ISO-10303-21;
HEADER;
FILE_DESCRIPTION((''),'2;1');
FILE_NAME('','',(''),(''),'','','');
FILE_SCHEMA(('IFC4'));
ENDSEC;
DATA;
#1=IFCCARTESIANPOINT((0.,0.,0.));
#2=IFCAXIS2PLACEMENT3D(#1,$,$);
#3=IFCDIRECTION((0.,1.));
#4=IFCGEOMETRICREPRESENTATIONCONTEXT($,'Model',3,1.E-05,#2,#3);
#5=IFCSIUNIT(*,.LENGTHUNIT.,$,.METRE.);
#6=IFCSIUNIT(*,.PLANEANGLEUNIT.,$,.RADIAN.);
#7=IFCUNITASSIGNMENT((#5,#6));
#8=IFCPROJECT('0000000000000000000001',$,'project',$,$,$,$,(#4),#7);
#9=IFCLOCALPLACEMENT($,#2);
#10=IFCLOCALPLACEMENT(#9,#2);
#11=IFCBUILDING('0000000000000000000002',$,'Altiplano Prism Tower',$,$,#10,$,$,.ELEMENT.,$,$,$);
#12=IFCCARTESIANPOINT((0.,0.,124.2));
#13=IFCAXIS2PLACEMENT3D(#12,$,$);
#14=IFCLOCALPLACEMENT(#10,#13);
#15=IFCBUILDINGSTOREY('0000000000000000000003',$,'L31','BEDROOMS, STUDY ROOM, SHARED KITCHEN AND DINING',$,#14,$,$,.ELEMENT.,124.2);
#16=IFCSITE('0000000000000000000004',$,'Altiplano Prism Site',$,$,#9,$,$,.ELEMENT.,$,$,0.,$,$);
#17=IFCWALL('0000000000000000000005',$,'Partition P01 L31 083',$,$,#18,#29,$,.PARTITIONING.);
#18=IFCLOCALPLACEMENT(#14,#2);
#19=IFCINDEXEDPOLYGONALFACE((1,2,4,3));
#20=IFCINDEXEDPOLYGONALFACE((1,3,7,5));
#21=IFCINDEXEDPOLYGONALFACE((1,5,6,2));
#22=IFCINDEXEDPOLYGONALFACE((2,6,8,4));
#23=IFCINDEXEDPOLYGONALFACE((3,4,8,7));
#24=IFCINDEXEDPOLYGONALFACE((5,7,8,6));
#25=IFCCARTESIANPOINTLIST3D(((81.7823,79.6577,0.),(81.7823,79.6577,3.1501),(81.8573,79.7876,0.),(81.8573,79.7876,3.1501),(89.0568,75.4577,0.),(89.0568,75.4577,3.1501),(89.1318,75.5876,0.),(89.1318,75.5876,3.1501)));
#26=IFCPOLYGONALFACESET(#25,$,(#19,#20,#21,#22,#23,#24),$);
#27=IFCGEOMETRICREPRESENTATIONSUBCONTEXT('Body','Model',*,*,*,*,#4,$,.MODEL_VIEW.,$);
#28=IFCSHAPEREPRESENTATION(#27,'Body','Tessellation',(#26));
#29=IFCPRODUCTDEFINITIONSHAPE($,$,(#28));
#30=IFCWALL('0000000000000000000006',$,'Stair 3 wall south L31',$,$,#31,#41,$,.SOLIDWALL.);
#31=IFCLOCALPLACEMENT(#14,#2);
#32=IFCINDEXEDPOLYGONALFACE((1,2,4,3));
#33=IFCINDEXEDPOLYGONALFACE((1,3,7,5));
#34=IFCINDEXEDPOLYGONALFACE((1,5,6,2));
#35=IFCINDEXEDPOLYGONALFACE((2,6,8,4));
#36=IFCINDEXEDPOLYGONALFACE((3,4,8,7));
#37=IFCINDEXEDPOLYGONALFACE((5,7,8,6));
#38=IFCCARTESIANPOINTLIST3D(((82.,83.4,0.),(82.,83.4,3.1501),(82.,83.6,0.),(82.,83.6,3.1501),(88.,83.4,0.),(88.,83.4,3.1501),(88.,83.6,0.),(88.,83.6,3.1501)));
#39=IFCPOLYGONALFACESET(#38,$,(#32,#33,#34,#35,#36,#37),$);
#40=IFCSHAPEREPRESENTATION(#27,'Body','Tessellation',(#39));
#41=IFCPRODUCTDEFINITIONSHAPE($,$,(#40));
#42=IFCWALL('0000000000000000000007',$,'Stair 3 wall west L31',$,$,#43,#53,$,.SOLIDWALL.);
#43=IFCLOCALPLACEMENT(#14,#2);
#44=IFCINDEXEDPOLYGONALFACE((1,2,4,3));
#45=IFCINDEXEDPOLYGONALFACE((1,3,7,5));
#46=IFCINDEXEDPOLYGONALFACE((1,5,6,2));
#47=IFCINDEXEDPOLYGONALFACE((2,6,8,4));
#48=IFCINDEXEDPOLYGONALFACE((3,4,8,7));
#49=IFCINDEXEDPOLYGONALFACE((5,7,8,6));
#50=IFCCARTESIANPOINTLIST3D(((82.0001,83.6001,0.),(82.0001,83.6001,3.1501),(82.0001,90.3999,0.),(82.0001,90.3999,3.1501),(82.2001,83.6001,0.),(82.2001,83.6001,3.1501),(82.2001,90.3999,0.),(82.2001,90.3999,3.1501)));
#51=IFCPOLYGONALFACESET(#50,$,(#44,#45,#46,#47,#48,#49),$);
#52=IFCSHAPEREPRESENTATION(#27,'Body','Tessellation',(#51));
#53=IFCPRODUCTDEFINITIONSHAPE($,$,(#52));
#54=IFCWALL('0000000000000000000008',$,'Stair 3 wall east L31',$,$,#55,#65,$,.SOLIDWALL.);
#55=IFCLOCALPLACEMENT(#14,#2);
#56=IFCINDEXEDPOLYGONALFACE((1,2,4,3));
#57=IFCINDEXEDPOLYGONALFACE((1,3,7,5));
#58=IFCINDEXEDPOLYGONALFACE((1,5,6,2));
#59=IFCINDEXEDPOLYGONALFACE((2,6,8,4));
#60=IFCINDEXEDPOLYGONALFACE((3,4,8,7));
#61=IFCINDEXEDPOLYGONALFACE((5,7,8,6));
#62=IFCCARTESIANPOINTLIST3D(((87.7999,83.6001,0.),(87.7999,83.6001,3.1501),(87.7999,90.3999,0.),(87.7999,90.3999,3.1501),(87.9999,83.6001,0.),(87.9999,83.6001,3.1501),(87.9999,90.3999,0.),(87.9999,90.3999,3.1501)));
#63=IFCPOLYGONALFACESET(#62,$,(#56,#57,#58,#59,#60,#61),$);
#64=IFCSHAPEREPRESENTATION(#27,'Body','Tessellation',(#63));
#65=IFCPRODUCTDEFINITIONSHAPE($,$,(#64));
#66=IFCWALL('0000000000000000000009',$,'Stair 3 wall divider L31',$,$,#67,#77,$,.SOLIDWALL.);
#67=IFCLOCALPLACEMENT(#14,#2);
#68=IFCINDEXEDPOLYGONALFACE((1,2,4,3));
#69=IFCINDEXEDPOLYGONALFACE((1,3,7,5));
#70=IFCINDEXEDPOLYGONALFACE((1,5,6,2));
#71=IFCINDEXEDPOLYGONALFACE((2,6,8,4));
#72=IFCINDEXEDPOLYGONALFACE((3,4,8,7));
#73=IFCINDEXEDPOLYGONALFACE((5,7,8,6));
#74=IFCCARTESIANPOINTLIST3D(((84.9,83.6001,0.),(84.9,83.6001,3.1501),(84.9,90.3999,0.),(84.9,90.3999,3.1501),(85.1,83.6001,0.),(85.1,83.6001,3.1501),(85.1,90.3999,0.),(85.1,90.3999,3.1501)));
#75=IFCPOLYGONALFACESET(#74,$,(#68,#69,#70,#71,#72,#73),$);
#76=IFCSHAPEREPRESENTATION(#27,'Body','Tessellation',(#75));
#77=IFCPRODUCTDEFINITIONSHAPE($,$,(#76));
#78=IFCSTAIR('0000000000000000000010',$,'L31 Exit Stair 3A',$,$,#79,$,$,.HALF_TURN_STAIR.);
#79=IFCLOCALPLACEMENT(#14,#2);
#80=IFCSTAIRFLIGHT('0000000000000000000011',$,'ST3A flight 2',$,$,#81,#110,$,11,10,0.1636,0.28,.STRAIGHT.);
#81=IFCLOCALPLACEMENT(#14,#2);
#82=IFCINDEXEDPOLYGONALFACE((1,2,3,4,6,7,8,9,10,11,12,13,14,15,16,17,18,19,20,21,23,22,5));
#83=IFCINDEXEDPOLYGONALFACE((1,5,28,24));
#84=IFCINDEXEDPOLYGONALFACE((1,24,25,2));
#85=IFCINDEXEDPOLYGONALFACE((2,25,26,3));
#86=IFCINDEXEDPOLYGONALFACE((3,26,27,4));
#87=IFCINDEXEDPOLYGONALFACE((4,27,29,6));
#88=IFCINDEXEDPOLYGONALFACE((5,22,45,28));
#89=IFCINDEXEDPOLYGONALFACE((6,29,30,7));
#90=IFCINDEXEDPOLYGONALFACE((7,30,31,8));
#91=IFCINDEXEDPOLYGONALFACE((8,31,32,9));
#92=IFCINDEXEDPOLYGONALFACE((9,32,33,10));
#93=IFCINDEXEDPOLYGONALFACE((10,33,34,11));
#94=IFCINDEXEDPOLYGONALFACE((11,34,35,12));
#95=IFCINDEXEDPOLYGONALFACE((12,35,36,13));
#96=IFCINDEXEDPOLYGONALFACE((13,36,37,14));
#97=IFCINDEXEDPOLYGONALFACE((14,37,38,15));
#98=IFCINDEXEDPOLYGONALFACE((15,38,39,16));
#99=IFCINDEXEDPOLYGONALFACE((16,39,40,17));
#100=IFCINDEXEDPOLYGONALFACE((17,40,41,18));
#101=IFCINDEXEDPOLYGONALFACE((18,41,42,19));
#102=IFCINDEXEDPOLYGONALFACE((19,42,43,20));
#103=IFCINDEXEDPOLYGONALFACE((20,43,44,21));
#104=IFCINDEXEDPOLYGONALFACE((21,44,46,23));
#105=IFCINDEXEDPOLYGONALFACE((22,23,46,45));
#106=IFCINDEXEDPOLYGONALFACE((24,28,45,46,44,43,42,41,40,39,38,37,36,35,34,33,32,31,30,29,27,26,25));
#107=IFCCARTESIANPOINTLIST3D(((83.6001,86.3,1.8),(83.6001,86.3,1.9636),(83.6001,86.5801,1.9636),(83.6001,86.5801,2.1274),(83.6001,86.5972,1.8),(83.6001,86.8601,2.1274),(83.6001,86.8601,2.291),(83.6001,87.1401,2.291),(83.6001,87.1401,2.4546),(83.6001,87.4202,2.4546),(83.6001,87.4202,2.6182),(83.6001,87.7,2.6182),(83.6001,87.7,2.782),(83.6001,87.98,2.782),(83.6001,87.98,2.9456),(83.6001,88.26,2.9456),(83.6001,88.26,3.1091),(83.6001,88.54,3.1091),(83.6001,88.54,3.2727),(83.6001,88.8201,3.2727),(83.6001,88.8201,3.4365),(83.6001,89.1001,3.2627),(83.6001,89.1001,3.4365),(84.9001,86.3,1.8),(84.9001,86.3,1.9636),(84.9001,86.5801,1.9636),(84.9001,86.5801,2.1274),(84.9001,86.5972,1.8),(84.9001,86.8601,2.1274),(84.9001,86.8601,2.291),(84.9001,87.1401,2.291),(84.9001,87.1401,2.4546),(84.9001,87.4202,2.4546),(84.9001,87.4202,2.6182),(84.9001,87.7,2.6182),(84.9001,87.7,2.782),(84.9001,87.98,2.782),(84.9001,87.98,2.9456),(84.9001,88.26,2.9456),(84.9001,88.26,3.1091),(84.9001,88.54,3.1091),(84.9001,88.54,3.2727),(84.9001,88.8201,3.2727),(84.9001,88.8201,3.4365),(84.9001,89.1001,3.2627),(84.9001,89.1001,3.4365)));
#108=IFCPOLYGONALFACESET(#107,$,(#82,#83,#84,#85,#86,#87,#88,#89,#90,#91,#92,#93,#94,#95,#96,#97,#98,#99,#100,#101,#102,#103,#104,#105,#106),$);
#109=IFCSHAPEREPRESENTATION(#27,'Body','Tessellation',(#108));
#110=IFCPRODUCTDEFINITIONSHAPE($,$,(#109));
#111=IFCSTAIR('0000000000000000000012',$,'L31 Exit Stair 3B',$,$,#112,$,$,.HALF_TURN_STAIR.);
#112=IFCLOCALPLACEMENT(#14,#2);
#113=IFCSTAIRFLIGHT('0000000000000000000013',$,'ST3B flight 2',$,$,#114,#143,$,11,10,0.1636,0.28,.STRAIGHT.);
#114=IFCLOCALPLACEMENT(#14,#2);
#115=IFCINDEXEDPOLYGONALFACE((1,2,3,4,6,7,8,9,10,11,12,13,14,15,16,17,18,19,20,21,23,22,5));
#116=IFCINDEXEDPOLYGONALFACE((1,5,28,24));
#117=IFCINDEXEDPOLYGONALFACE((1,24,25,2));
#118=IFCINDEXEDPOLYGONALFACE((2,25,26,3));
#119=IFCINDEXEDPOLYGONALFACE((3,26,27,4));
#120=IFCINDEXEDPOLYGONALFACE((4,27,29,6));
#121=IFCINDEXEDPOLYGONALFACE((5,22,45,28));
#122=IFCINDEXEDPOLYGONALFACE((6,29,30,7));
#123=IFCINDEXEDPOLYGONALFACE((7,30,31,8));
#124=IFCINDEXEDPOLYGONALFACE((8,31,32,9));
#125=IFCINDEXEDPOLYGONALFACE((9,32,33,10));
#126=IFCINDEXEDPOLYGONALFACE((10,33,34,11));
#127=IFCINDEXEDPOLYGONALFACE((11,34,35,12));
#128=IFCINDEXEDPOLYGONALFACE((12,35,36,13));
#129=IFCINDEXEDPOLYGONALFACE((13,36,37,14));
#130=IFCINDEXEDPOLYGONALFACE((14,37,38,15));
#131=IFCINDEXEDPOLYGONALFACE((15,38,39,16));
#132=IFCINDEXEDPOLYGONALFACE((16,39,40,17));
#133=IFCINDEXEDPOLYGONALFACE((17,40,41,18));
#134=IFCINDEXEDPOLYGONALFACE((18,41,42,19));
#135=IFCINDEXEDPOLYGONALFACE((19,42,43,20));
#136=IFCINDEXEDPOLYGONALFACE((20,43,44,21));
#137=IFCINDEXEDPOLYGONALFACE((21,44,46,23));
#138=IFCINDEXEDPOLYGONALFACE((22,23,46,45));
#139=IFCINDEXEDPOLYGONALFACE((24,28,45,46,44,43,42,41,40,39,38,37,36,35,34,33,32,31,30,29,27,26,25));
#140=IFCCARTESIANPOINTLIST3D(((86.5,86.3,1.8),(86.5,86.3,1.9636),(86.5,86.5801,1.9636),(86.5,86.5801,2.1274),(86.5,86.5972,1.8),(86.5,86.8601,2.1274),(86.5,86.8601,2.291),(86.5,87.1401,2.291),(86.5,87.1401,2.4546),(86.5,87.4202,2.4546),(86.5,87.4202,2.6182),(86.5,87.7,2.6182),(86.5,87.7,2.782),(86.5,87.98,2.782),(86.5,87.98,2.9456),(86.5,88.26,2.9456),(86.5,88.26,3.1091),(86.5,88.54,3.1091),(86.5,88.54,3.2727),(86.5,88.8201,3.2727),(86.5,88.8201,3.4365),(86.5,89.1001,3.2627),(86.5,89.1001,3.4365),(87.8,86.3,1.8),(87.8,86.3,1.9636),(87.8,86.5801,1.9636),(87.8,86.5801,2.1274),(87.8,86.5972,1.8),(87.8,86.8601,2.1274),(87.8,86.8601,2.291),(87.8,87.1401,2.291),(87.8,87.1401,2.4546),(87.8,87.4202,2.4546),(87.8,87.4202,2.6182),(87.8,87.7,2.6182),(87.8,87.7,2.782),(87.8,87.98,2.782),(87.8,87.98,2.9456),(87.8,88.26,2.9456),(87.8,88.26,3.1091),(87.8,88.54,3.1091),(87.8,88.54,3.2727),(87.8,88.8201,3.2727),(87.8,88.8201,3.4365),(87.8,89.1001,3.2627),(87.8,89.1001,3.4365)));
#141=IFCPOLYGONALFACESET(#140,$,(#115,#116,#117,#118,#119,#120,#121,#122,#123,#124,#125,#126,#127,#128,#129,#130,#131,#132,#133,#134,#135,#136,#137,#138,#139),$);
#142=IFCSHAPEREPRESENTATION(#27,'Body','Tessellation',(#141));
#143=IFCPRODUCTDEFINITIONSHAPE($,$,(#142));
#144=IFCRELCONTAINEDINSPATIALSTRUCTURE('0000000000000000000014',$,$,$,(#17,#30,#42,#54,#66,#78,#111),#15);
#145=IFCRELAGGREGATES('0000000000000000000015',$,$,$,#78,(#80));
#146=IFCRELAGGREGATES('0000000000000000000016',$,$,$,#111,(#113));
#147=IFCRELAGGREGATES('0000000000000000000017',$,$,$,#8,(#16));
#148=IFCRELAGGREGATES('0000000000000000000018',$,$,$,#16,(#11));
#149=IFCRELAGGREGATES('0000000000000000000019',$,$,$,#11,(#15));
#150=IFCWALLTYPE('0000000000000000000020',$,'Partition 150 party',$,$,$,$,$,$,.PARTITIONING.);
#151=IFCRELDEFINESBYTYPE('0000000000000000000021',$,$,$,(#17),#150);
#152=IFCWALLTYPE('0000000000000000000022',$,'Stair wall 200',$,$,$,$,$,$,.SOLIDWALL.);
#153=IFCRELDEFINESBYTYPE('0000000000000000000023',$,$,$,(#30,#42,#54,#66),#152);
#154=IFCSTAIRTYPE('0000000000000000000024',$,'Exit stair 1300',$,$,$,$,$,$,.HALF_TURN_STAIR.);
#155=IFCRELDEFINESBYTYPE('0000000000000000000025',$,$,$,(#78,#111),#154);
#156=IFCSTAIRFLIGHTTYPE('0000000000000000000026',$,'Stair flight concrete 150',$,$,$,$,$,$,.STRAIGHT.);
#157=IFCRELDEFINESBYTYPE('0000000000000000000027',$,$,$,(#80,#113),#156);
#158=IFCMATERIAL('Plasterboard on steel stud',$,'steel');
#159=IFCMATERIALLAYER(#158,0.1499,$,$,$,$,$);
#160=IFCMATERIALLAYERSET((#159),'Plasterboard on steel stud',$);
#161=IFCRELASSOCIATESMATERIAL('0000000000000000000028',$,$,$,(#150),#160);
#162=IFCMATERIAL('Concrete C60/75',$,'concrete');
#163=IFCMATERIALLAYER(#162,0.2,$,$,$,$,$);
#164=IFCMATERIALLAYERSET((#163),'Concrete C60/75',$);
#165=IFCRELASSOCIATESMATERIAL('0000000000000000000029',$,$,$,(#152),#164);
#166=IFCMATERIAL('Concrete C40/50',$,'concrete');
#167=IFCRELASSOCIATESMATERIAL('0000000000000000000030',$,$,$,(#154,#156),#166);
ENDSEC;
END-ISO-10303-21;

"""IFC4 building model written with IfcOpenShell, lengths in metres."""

from ifc_helpers import new_model, si_unit, direction, frame, frame_2d, origin, place, context, subcontext, project, spatial, polyline, rectangle, outline, extrude, material, layer, layer_set, type_object, element, aggregate, save


model = new_model("IFC4")

# Units and contexts
model_context = context("Model", 3, precision=1e-05, world=origin(), true_north=direction((0.0, 1.0)))
body_context = subcontext(model_context, "Body", "Model", "MODEL_VIEW")
ifc_project = project(units=[si_unit("LENGTHUNIT", "METRE"), si_unit("PLANEANGLEUNIT", "RADIAN")], contexts=[model_context])

# Site, building, storey
site_placement = place(None, origin())
site = spatial("IfcSite", under=ifc_project, at=site_placement, Name="Altiplano Prism Site", CompositionType="ELEMENT", RefElevation=0.0)
building_placement = place(site_placement, origin())
building = spatial("IfcBuilding", under=site, at=building_placement, Name="Altiplano Prism Tower", CompositionType="ELEMENT")
storey_placement = place(building_placement, frame((0.0, 0.0, 124.2)))
storey = spatial("IfcBuildingStorey", under=building, at=storey_placement, Name="L31", Description="BEDROOMS, STUDY ROOM, SHARED KITCHEN AND DINING", CompositionType="ELEMENT", Elevation=124.2)

# Shared definitions
ifc_material_1 = material(Name="Concrete C60/75", Category="concrete")

# Shared definitions
ifc_material_2 = material(Name="Plasterboard on steel stud", Category="steel")

# Walls
ifc_layer_1 = layer(ifc_material_2, 0.1499)
ifc_layer_set_1 = layer_set([ifc_layer_1], Name="Plasterboard on steel stud")
wall_type_1 = type_object("IfcWallType", Name="Partition 150 party", PredefinedType="PARTITIONING", material=ifc_layer_set_1)
wall_1_placement = place(storey_placement, frame((81.8198, 79.7227, 0.0), z_axis=(0.0, 0.0, 1.0), x_axis=(0.866022, -0.500006, 0.0)))
element("IfcWall", 1, at=wall_1_placement, inside=storey, type_object=wall_type_1, Name="Partition P01 L31 083", PredefinedType="PARTITIONING", context=body_context, shape_type="SweptSolid", body=[
    extrude(rectangle(XDim=8.3999, YDim=0.1499, at=frame_2d((4.2, 0.0))), origin(), (0.0, 0.0, 1.0), 3.1501),
])
ifc_layer_2 = layer(ifc_material_1, 0.2)
ifc_layer_set_2 = layer_set([ifc_layer_2], Name="Concrete C60/75")
wall_type_2 = type_object("IfcWallType", Name="Stair wall 200", PredefinedType="SOLIDWALL", material=ifc_layer_set_2)
wall_2_placement = place(storey_placement, frame((82.0, 83.5, 0.0), z_axis=(0.0, 0.0, 1.0), x_axis=(1.0, 0.0, 0.0)))
element("IfcWall", 2, at=wall_2_placement, inside=storey, type_object=wall_type_2, Name="Stair 3 wall south L31", PredefinedType="SOLIDWALL", context=body_context, shape_type="SweptSolid", body=[
    extrude(rectangle(XDim=6.0, YDim=0.2, at=frame_2d((3.0, 0.0))), origin(), (0.0, 0.0, 1.0), 3.1501),
])
for number, where, z_axis, x_axis, name in (
    (3, (82.1001, 83.6001, 0.0), (0.0, 0.0, 1.0), (0.0, 1.0, 0.0), "Stair 3 wall west L31"),
    (4, (87.8999, 83.6001, 0.0), (0.0, 0.0, 1.0), (0.0, 1.0, 0.0), "Stair 3 wall east L31"),
    (5, (85.0, 83.6001, 0.0), (0.0, 0.0, 1.0), (0.0, 1.0, 0.0), "Stair 3 wall divider L31"),
):
    element("IfcWall", number, at=place(storey_placement, frame(where, z_axis=z_axis, x_axis=x_axis)), inside=storey, type_object=wall_type_2, Name=name, PredefinedType="SOLIDWALL", context=body_context, shape_type="SweptSolid", body=[
        extrude(rectangle(XDim=6.7998, YDim=0.2, at=frame_2d((3.3999, 0.0))), origin(), (0.0, 0.0, 1.0), 3.1501),
    ])

# Stairs, stair flights
ifc_material_3 = material(Name="Concrete C40/50", Category="concrete")
stair_type = type_object("IfcStairType", Name="Exit stair 1300", PredefinedType="HALF_TURN_STAIR", material=ifc_material_3)
stair_1_placement = place(storey_placement, origin())
stair_1 = element("IfcStair", 6, at=stair_1_placement, inside=storey, type_object=stair_type, Name="L31 Exit Stair 3A", PredefinedType="HALF_TURN_STAIR")
stair_flight_type = type_object("IfcStairFlightType", Name="Stair flight concrete 150", PredefinedType="STRAIGHT", material=ifc_material_3)
stair_flight_1_placement = place(storey_placement, frame((84.25, 86.3, 1.8), z_axis=(0.0, 0.0, 1.0), x_axis=(0.0, 1.0, 0.0)))
stair_flight_1 = element("IfcStairFlight", 7, at=stair_flight_1_placement, type_object=stair_flight_type, Name="ST3A flight 2", NumberOfRisers=11, NumberOfTreads=10, PredefinedType="STRAIGHT", RiserHeight=0.1636, TreadLength=0.28, context=body_context, shape_type="SweptSolid", body=[
    extrude(outline(polyline([(0.0, 0.0), (0.0, 0.1636), (0.28, 0.1636), (0.28, 0.3274), (0.5601, 0.3274), (0.5601, 0.491), (0.8401, 0.491), (0.8401, 0.6545), (1.1201, 0.6545), (1.1201, 0.8181), (1.3999, 0.8181), (1.3999, 0.9819), (1.6799, 0.9819), (1.6799, 1.1455), (1.96, 1.1455), (1.96, 1.3091), (2.24, 1.3091), (2.24, 1.4727), (2.52, 1.4727), (2.52, 1.6365), (2.8, 1.6365), (2.8, 1.8), (2.8, 1.4626), (0.2971, 0.0), (0.0, 0.0)])), frame((0.0, 0.6499, 0.0), z_axis=(0.0, -1.0, 0.0), x_axis=(1.0, 0.0, 0.0)), (0.0, 0.0, 1.0), 1.3),
])
aggregate(stair_1, [stair_flight_1])
stair_2_placement = place(storey_placement, origin())
stair_2 = element("IfcStair", 8, at=stair_2_placement, inside=storey, type_object=stair_type, Name="L31 Exit Stair 3B", PredefinedType="HALF_TURN_STAIR")
stair_flight_2_placement = place(storey_placement, frame((87.1499, 86.3, 1.8), z_axis=(0.0, 0.0, 1.0), x_axis=(0.0, 1.0, 0.0)))
stair_flight_2 = element("IfcStairFlight", 9, at=stair_flight_2_placement, type_object=stair_flight_type, Name="ST3B flight 2", NumberOfRisers=11, NumberOfTreads=10, PredefinedType="STRAIGHT", RiserHeight=0.1636, TreadLength=0.28, context=body_context, shape_type="SweptSolid", body=[
    extrude(outline(polyline([(0.0, 0.0), (0.0, 0.1636), (0.28, 0.1636), (0.28, 0.3274), (0.5601, 0.3274), (0.5601, 0.491), (0.8401, 0.491), (0.8401, 0.6545), (1.1201, 0.6545), (1.1201, 0.8181), (1.3999, 0.8181), (1.3999, 0.9819), (1.6799, 0.9819), (1.6799, 1.1455), (1.96, 1.1455), (1.96, 1.3091), (2.24, 1.3091), (2.24, 1.4727), (2.52, 1.4727), (2.52, 1.6365), (2.8, 1.6365), (2.8, 1.8), (2.8, 1.4626), (0.2971, 0.0), (0.0, 0.0)])), frame((0.0, 0.6499, 0.0), z_axis=(0.0, -1.0, 0.0), x_axis=(1.0, 0.0, 0.0)), (0.0, 0.0, 1.0), 1.3),
])
aggregate(stair_2, [stair_flight_2])

save(model, "model.ifc")
